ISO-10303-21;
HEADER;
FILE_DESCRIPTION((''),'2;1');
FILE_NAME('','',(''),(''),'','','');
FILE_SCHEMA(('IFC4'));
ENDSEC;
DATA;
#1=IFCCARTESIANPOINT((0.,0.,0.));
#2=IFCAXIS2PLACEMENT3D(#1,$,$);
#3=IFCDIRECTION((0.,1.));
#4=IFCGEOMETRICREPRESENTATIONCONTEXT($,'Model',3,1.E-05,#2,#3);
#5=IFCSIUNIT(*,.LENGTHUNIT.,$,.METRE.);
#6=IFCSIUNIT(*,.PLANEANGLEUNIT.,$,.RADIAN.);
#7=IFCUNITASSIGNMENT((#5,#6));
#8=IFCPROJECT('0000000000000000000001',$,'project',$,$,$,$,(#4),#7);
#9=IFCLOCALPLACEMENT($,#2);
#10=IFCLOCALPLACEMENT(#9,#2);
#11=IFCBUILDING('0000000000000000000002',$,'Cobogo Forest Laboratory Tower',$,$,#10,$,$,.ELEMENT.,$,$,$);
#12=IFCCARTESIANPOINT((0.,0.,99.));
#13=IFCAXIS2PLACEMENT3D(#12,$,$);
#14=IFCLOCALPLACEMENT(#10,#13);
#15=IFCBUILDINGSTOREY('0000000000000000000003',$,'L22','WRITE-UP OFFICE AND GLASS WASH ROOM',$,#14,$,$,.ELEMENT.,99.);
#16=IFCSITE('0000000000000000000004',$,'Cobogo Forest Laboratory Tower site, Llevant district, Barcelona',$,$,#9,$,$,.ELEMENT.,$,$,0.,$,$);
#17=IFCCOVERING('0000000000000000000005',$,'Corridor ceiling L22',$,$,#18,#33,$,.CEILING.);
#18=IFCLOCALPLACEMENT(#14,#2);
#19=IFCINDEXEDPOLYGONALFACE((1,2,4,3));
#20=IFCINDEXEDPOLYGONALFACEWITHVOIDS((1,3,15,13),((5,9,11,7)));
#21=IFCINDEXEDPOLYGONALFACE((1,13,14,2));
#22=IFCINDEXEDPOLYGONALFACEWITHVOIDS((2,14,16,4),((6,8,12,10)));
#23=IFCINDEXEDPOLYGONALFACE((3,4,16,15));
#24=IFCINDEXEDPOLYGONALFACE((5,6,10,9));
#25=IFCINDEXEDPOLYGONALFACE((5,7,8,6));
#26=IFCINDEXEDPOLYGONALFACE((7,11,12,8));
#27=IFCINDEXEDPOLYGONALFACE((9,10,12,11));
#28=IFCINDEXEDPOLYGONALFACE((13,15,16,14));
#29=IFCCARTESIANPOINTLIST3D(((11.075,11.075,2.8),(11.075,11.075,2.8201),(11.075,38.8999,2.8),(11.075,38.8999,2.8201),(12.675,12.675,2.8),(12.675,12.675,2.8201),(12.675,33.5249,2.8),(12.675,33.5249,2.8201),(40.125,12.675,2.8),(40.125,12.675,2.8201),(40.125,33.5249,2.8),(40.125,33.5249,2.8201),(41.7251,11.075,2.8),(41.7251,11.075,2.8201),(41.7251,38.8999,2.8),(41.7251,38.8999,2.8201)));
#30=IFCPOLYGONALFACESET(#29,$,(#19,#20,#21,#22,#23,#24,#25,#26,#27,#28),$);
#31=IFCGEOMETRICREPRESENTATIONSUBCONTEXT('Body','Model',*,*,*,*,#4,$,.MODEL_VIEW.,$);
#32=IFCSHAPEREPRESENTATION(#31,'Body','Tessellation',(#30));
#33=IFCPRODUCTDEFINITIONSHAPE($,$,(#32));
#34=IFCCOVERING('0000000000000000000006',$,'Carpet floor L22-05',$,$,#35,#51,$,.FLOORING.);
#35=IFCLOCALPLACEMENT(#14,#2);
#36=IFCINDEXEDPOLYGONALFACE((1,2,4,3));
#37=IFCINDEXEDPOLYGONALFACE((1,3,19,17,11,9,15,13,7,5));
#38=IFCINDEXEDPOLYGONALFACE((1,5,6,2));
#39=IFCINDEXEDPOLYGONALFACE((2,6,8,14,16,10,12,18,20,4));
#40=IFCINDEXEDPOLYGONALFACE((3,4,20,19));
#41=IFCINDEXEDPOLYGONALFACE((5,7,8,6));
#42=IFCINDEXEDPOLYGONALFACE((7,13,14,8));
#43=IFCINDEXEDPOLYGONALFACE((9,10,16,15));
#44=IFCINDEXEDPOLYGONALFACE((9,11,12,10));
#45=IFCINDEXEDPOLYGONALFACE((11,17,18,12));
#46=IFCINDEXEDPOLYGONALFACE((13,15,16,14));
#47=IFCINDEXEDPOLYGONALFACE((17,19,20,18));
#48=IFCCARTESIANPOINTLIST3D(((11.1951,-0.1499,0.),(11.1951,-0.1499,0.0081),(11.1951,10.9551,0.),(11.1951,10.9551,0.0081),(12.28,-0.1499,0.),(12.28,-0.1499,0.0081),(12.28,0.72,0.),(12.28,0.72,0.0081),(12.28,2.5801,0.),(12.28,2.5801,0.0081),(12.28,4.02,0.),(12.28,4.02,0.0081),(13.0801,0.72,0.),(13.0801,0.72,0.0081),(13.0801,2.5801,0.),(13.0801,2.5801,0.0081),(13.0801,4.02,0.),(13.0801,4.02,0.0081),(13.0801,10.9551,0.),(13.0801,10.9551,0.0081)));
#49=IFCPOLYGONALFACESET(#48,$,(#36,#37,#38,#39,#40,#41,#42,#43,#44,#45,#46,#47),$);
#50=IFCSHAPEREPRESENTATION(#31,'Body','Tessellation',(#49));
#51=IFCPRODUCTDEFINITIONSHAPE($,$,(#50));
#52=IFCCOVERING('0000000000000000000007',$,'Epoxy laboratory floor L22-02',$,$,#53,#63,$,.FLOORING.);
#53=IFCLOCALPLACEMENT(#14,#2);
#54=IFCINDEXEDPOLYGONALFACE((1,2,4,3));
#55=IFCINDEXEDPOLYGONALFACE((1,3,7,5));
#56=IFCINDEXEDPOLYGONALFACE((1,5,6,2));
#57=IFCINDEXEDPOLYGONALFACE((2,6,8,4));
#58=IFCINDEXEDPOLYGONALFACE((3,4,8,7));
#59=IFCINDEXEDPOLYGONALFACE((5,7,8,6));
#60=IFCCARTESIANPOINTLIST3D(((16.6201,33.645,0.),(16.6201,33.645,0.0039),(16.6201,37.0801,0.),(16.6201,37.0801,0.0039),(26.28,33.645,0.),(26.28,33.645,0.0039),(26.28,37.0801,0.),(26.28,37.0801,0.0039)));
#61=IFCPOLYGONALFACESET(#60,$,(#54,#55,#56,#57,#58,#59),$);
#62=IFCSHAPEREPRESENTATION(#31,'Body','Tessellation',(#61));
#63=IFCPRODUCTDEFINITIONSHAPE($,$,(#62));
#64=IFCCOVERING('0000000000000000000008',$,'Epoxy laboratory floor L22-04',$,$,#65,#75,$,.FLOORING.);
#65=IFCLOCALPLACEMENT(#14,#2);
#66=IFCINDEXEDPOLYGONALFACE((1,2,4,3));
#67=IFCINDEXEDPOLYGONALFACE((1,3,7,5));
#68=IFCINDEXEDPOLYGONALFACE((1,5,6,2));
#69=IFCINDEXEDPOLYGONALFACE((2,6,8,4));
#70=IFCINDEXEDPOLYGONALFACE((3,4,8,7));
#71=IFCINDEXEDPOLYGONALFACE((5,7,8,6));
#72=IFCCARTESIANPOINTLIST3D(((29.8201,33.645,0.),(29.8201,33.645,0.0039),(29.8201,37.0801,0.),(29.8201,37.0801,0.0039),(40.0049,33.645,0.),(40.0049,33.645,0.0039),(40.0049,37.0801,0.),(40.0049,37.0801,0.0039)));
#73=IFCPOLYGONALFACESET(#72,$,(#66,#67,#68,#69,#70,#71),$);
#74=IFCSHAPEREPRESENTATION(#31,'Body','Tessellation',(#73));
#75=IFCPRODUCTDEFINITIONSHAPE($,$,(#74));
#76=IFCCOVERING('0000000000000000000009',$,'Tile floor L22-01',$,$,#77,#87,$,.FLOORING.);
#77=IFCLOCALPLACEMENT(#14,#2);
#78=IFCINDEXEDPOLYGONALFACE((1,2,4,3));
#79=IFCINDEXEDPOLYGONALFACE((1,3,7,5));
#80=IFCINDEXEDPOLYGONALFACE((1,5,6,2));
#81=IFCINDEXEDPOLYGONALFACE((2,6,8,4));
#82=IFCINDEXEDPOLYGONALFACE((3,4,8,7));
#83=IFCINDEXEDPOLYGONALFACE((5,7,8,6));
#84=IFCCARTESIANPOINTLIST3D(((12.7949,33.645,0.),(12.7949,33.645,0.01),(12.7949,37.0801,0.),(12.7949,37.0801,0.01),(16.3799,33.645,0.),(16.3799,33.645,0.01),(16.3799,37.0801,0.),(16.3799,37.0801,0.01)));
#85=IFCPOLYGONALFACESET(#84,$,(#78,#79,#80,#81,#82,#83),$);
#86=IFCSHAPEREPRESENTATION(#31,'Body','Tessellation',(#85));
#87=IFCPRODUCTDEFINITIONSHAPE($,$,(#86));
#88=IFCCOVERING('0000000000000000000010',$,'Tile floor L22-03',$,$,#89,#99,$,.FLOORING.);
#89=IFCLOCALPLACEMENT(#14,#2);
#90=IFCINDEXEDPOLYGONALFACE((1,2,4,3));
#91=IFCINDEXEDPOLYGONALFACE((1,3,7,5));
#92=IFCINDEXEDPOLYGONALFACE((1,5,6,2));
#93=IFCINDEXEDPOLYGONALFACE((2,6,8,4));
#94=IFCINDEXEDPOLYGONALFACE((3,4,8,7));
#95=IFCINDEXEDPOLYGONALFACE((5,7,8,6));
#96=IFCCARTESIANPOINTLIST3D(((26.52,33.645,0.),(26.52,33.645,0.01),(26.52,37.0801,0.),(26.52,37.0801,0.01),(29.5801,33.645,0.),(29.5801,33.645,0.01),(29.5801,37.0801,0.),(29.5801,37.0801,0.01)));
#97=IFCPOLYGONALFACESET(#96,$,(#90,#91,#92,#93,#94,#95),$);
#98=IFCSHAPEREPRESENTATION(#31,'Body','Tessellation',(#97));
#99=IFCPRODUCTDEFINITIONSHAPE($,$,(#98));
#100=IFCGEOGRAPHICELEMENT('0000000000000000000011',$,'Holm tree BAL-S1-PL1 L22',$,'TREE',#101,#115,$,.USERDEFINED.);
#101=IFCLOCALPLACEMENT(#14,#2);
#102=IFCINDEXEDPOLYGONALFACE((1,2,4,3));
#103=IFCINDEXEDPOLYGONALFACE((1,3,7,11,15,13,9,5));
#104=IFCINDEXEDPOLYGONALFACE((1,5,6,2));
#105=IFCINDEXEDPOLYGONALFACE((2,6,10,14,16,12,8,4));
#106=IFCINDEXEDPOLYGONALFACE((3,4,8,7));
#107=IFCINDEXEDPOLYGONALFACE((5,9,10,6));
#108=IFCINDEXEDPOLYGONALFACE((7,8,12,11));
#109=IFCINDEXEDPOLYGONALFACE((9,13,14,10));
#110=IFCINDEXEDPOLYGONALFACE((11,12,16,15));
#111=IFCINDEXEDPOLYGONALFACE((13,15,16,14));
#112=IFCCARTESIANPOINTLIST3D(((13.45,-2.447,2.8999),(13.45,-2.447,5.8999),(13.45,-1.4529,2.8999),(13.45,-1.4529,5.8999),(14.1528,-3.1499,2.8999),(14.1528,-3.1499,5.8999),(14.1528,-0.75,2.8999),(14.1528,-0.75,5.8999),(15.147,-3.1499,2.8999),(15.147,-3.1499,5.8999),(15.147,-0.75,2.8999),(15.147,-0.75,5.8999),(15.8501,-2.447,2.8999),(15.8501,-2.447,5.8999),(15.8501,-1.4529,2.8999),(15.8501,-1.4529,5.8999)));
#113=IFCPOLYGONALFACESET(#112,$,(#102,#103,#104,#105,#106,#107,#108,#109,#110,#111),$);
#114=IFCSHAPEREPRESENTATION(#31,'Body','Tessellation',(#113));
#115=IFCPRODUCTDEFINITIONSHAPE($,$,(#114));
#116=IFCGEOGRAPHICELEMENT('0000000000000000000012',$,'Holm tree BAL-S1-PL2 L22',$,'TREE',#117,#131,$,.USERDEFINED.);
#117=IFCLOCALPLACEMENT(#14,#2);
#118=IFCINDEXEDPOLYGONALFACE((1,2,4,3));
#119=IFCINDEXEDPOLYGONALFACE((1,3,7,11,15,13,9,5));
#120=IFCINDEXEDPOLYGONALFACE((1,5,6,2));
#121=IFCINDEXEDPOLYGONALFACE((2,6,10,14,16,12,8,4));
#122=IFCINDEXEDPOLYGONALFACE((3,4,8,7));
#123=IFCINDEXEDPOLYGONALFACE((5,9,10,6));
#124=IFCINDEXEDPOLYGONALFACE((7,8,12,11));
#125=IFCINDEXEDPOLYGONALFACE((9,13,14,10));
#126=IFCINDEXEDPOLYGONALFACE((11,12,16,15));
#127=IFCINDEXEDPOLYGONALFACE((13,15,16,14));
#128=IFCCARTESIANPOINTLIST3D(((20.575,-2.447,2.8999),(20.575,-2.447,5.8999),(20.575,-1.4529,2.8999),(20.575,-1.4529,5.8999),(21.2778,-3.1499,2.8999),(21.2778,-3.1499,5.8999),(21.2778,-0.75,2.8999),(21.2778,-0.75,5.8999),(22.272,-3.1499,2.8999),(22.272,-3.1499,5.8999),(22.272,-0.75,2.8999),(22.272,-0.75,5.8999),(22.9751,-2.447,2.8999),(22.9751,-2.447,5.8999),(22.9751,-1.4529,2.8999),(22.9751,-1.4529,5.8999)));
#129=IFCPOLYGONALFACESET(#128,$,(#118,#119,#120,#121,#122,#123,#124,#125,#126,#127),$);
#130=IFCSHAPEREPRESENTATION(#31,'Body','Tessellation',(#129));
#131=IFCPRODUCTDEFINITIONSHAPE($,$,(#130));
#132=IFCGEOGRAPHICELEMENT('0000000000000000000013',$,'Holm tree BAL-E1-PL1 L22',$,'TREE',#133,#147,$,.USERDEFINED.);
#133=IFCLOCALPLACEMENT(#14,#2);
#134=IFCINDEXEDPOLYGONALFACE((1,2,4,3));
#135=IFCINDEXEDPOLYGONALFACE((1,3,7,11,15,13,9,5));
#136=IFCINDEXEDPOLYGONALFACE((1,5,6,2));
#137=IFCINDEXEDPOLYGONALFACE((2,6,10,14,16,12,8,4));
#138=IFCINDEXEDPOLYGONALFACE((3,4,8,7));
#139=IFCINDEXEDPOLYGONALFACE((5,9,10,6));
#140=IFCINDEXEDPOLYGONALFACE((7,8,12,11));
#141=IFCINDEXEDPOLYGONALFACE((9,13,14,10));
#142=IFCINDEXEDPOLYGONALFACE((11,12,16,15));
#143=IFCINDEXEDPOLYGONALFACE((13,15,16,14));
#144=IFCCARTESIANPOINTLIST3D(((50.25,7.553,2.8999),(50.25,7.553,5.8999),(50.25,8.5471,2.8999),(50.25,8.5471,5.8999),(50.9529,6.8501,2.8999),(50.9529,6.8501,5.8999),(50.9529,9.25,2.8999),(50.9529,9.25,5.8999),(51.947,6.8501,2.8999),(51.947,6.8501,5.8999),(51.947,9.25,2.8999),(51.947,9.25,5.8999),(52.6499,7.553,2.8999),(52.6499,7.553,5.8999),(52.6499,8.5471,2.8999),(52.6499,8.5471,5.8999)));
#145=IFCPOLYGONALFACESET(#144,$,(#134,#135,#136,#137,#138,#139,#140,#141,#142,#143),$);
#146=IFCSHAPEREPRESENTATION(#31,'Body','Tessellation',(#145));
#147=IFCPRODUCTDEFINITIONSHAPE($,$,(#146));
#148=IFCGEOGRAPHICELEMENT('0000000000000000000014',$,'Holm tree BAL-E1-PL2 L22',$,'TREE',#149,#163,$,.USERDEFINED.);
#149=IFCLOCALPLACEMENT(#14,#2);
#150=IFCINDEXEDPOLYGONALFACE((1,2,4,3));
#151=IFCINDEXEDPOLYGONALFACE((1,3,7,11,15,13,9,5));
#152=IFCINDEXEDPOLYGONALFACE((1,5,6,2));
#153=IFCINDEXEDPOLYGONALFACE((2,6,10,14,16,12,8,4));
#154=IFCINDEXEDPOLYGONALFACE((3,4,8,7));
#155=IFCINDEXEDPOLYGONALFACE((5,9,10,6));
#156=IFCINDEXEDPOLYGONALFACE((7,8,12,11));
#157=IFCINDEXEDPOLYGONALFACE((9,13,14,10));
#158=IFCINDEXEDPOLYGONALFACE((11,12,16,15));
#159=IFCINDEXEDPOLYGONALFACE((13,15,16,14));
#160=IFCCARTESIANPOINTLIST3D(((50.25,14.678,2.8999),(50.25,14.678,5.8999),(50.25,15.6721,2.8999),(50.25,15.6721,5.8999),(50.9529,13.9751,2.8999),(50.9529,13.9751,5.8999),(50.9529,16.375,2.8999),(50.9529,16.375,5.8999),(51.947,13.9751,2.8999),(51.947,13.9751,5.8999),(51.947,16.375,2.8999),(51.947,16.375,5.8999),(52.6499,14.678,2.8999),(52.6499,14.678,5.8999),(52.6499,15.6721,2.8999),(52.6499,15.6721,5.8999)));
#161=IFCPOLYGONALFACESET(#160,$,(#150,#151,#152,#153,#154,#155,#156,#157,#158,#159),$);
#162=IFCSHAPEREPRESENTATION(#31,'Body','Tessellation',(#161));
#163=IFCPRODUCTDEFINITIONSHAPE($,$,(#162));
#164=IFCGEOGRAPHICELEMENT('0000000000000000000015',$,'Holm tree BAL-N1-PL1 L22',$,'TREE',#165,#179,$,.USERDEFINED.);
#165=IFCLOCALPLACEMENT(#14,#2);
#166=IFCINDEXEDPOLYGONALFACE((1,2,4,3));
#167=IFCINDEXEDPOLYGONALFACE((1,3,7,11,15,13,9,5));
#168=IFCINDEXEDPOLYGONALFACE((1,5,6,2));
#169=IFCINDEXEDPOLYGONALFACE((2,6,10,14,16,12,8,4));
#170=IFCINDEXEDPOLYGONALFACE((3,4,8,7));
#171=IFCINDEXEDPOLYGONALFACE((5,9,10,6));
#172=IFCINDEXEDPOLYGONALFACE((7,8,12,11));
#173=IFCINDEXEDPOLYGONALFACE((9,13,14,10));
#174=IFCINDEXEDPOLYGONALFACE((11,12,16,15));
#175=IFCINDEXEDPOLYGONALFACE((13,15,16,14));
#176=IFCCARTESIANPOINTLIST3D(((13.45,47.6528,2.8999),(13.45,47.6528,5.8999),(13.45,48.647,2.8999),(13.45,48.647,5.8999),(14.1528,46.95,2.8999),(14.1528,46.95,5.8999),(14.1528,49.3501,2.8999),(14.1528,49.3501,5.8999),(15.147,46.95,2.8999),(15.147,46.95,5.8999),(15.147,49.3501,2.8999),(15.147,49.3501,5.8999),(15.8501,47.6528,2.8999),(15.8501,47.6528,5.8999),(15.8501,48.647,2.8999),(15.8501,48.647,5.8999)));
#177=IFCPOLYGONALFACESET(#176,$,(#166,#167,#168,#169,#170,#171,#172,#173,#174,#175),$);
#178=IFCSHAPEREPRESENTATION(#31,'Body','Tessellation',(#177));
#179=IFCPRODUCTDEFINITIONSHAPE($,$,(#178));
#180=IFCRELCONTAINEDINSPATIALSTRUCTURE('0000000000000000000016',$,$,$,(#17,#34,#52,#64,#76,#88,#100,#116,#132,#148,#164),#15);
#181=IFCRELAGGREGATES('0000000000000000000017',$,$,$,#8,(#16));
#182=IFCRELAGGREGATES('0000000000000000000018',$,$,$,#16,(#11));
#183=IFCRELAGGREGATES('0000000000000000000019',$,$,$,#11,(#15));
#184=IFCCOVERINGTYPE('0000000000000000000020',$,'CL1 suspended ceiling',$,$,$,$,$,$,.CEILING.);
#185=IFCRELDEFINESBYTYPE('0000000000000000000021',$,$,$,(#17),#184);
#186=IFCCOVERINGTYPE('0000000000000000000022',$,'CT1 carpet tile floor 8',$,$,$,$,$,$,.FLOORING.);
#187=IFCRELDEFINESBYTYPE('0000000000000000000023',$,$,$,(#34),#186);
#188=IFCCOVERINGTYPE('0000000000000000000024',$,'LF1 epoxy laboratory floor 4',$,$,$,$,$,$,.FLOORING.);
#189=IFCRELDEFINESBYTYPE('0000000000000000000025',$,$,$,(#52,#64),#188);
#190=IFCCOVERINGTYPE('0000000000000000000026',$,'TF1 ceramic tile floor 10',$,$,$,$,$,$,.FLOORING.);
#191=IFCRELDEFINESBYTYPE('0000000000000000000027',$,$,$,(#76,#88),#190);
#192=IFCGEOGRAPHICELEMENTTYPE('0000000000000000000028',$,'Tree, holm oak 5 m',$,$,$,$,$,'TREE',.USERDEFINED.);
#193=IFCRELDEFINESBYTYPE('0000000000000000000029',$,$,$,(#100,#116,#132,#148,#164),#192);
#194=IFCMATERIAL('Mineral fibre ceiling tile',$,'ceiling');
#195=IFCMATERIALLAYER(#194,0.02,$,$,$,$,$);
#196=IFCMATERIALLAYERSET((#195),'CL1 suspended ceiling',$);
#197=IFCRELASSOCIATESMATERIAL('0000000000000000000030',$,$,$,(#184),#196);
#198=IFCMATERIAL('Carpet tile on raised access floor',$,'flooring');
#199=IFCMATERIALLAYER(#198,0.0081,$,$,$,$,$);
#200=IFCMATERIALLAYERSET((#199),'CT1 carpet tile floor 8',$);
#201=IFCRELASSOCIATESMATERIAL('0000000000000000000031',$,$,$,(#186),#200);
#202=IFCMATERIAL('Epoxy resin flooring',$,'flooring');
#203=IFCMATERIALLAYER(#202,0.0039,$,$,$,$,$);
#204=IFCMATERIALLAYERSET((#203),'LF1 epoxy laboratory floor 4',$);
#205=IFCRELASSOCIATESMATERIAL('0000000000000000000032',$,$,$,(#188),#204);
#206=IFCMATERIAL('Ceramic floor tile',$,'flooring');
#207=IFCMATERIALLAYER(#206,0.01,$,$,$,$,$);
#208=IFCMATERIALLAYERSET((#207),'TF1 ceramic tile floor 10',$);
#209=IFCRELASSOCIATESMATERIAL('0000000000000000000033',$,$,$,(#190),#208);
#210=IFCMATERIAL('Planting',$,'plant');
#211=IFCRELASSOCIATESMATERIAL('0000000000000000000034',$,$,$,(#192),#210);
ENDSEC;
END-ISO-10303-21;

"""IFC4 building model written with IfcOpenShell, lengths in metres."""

from ifc_helpers import new_model, si_unit, direction, frame, origin, place, context, subcontext, project, spatial, polyline, outline, extrude, material, layer, layer_set, type_object, element, save


model = new_model("IFC4")

# Units and contexts
model_context = context("Model", 3, precision=1e-05, world=origin(), true_north=direction((0.0, 1.0)))
body_context = subcontext(model_context, "Body", "Model", "MODEL_VIEW")
ifc_project = project(units=[si_unit("LENGTHUNIT", "METRE"), si_unit("PLANEANGLEUNIT", "RADIAN")], contexts=[model_context])

# Site, building, storey
site_placement = place(None, origin())
site = spatial("IfcSite", under=ifc_project, at=site_placement, Name="Cobogo Forest Laboratory Tower site, Llevant district, Barcelona", CompositionType="ELEMENT", RefElevation=0.0)
building_placement = place(site_placement, origin())
building = spatial("IfcBuilding", under=site, at=building_placement, Name="Cobogo Forest Laboratory Tower", CompositionType="ELEMENT")
storey_placement = place(building_placement, frame((0.0, 0.0, 99.0)))
storey = spatial("IfcBuildingStorey", under=building, at=storey_placement, Name="L22", Description="WRITE-UP OFFICE AND GLASS WASH ROOM", CompositionType="ELEMENT", Elevation=99.0)

# Coverings
ifc_material_1 = material(Name="Mineral fibre ceiling tile", Category="ceiling")
ifc_layer_1 = layer(ifc_material_1, 0.02)
ifc_layer_set_1 = layer_set([ifc_layer_1], Name="CL1 suspended ceiling")
covering_type_1 = type_object("IfcCoveringType", Name="CL1 suspended ceiling", PredefinedType="CEILING", material=ifc_layer_set_1)
covering_1_placement = place(storey_placement, frame((0.0, 0.0, 2.8)))
element("IfcCovering", 1, at=covering_1_placement, inside=storey, type_object=covering_type_1, Name="Corridor ceiling L22", PredefinedType="CEILING", context=body_context, shape_type="SweptSolid", body=[
    extrude(outline(polyline([(11.075, 11.075), (11.075, 38.8999), (41.7251, 38.8999), (41.7251, 11.075), (11.075, 11.075)]), holes=[polyline([(40.125, 33.5249), (12.675, 33.5249), (12.675, 12.675), (40.125, 12.675), (40.125, 33.5249)])]), origin(), (0.0, 0.0, 1.0), 0.02),
])
ifc_material_2 = material(Name="Carpet tile on raised access floor", Category="flooring")
ifc_layer_2 = layer(ifc_material_2, 0.0081)
ifc_layer_set_2 = layer_set([ifc_layer_2], Name="CT1 carpet tile floor 8")
covering_type_2 = type_object("IfcCoveringType", Name="CT1 carpet tile floor 8", PredefinedType="FLOORING", material=ifc_layer_set_2)
covering_2_placement = place(storey_placement, origin())
element("IfcCovering", 2, at=covering_2_placement, inside=storey, type_object=covering_type_2, Name="Carpet floor L22-05", PredefinedType="FLOORING", context=body_context, shape_type="SweptSolid", body=[
    extrude(outline(polyline([(13.0801, 10.9551), (13.0801, 4.02), (12.28, 4.02), (12.28, 2.5801), (13.0801, 2.5801), (13.0801, 0.72), (12.28, 0.72), (12.28, -0.1499), (11.1951, -0.1499), (11.1951, 10.9551), (13.0801, 10.9551)])), origin(), (0.0, 0.0, 1.0), 0.0081),
])
ifc_material_3 = material(Name="Epoxy resin flooring", Category="flooring")
ifc_layer_3 = layer(ifc_material_3, 0.0039)
ifc_layer_set_3 = layer_set([ifc_layer_3], Name="LF1 epoxy laboratory floor 4")
covering_type_3 = type_object("IfcCoveringType", Name="LF1 epoxy laboratory floor 4", PredefinedType="FLOORING", material=ifc_layer_set_3)
covering_3_placement = place(storey_placement, origin())
element("IfcCovering", 3, at=covering_3_placement, inside=storey, type_object=covering_type_3, Name="Epoxy laboratory floor L22-02", PredefinedType="FLOORING", context=body_context, shape_type="SweptSolid", body=[
    extrude(outline(polyline([(26.28, 33.645), (16.6201, 33.645), (16.6201, 37.0801), (26.28, 37.0801), (26.28, 33.645)])), origin(), (0.0, 0.0, 1.0), 0.0039),
])
covering_4_placement = place(storey_placement, origin())
element("IfcCovering", 4, at=covering_4_placement, inside=storey, type_object=covering_type_3, Name="Epoxy laboratory floor L22-04", PredefinedType="FLOORING", context=body_context, shape_type="SweptSolid", body=[
    extrude(outline(polyline([(40.0049, 33.645), (29.8201, 33.645), (29.8201, 37.0801), (40.0049, 37.0801), (40.0049, 33.645)])), origin(), (0.0, 0.0, 1.0), 0.0039),
])
ifc_material_4 = material(Name="Ceramic floor tile", Category="flooring")
ifc_layer_4 = layer(ifc_material_4, 0.01)
ifc_layer_set_4 = layer_set([ifc_layer_4], Name="TF1 ceramic tile floor 10")
covering_type_4 = type_object("IfcCoveringType", Name="TF1 ceramic tile floor 10", PredefinedType="FLOORING", material=ifc_layer_set_4)
covering_5_placement = place(storey_placement, origin())
element("IfcCovering", 5, at=covering_5_placement, inside=storey, type_object=covering_type_4, Name="Tile floor L22-01", PredefinedType="FLOORING", context=body_context, shape_type="SweptSolid", body=[
    extrude(outline(polyline([(16.3799, 33.645), (12.7949, 33.645), (12.7949, 37.0801), (16.3799, 37.0801), (16.3799, 33.645)])), origin(), (0.0, 0.0, 1.0), 0.01),
])
covering_6_placement = place(storey_placement, origin())
element("IfcCovering", 6, at=covering_6_placement, inside=storey, type_object=covering_type_4, Name="Tile floor L22-03", PredefinedType="FLOORING", context=body_context, shape_type="SweptSolid", body=[
    extrude(outline(polyline([(29.5801, 33.645), (26.52, 33.645), (26.52, 37.0801), (29.5801, 37.0801), (29.5801, 33.645)])), origin(), (0.0, 0.0, 1.0), 0.01),
])

# Geographic elements
ifc_material_5 = material(Name="Planting", Category="plant")
geographic_element_type = type_object("IfcGeographicElementType", Name="Tree, holm oak 5 m", ElementType="TREE", PredefinedType="USERDEFINED", material=ifc_material_5)
geographic_element_1_placement = place(storey_placement, frame((0.0, 0.0, 2.8999)))
element("IfcGeographicElement", 7, at=geographic_element_1_placement, inside=storey, type_object=geographic_element_type, Name="Holm tree BAL-S1-PL1 L22", ObjectType="TREE", PredefinedType="USERDEFINED", context=body_context, shape_type="SweptSolid", body=[
    extrude(outline(polyline([(15.8501, -2.447), (15.8501, -1.4529), (15.147, -0.75), (14.1528, -0.75), (13.45, -1.4529), (13.45, -2.447), (14.1528, -3.1499), (15.147, -3.1499), (15.8501, -2.447)])), origin(), (0.0, 0.0, 1.0), 3.0),
])
geographic_element_2_placement = place(storey_placement, frame((0.0, 0.0, 2.8999)))
element("IfcGeographicElement", 8, at=geographic_element_2_placement, inside=storey, type_object=geographic_element_type, Name="Holm tree BAL-S1-PL2 L22", ObjectType="TREE", PredefinedType="USERDEFINED", context=body_context, shape_type="SweptSolid", body=[
    extrude(outline(polyline([(22.9751, -2.447), (22.9751, -1.4529), (22.272, -0.75), (21.2778, -0.75), (20.575, -1.4529), (20.575, -2.447), (21.2778, -3.1499), (22.272, -3.1499), (22.9751, -2.447)])), origin(), (0.0, 0.0, 1.0), 3.0),
])
geographic_element_3_placement = place(storey_placement, frame((0.0, 0.0, 2.8999)))
element("IfcGeographicElement", 9, at=geographic_element_3_placement, inside=storey, type_object=geographic_element_type, Name="Holm tree BAL-E1-PL1 L22", ObjectType="TREE", PredefinedType="USERDEFINED", context=body_context, shape_type="SweptSolid", body=[
    extrude(outline(polyline([(52.6499, 7.553), (52.6499, 8.5471), (51.947, 9.25), (50.9529, 9.25), (50.25, 8.5471), (50.25, 7.553), (50.9529, 6.8501), (51.947, 6.8501), (52.6499, 7.553)])), origin(), (0.0, 0.0, 1.0), 3.0),
])
geographic_element_4_placement = place(storey_placement, frame((0.0, 0.0, 2.8999)))
element("IfcGeographicElement", 10, at=geographic_element_4_placement, inside=storey, type_object=geographic_element_type, Name="Holm tree BAL-E1-PL2 L22", ObjectType="TREE", PredefinedType="USERDEFINED", context=body_context, shape_type="SweptSolid", body=[
    extrude(outline(polyline([(52.6499, 14.678), (52.6499, 15.6721), (51.947, 16.375), (50.9529, 16.375), (50.25, 15.6721), (50.25, 14.678), (50.9529, 13.9751), (51.947, 13.9751), (52.6499, 14.678)])), origin(), (0.0, 0.0, 1.0), 3.0),
])
geographic_element_5_placement = place(storey_placement, frame((0.0, 0.0, 2.8999)))
element("IfcGeographicElement", 11, at=geographic_element_5_placement, inside=storey, type_object=geographic_element_type, Name="Holm tree BAL-N1-PL1 L22", ObjectType="TREE", PredefinedType="USERDEFINED", context=body_context, shape_type="SweptSolid", body=[
    extrude(outline(polyline([(15.8501, 47.6528), (15.8501, 48.647), (15.147, 49.3501), (14.1528, 49.3501), (13.45, 48.647), (13.45, 47.6528), (14.1528, 46.95), (15.147, 46.95), (15.8501, 47.6528)])), origin(), (0.0, 0.0, 1.0), 3.0),
])

save(model, "model.ifc")
